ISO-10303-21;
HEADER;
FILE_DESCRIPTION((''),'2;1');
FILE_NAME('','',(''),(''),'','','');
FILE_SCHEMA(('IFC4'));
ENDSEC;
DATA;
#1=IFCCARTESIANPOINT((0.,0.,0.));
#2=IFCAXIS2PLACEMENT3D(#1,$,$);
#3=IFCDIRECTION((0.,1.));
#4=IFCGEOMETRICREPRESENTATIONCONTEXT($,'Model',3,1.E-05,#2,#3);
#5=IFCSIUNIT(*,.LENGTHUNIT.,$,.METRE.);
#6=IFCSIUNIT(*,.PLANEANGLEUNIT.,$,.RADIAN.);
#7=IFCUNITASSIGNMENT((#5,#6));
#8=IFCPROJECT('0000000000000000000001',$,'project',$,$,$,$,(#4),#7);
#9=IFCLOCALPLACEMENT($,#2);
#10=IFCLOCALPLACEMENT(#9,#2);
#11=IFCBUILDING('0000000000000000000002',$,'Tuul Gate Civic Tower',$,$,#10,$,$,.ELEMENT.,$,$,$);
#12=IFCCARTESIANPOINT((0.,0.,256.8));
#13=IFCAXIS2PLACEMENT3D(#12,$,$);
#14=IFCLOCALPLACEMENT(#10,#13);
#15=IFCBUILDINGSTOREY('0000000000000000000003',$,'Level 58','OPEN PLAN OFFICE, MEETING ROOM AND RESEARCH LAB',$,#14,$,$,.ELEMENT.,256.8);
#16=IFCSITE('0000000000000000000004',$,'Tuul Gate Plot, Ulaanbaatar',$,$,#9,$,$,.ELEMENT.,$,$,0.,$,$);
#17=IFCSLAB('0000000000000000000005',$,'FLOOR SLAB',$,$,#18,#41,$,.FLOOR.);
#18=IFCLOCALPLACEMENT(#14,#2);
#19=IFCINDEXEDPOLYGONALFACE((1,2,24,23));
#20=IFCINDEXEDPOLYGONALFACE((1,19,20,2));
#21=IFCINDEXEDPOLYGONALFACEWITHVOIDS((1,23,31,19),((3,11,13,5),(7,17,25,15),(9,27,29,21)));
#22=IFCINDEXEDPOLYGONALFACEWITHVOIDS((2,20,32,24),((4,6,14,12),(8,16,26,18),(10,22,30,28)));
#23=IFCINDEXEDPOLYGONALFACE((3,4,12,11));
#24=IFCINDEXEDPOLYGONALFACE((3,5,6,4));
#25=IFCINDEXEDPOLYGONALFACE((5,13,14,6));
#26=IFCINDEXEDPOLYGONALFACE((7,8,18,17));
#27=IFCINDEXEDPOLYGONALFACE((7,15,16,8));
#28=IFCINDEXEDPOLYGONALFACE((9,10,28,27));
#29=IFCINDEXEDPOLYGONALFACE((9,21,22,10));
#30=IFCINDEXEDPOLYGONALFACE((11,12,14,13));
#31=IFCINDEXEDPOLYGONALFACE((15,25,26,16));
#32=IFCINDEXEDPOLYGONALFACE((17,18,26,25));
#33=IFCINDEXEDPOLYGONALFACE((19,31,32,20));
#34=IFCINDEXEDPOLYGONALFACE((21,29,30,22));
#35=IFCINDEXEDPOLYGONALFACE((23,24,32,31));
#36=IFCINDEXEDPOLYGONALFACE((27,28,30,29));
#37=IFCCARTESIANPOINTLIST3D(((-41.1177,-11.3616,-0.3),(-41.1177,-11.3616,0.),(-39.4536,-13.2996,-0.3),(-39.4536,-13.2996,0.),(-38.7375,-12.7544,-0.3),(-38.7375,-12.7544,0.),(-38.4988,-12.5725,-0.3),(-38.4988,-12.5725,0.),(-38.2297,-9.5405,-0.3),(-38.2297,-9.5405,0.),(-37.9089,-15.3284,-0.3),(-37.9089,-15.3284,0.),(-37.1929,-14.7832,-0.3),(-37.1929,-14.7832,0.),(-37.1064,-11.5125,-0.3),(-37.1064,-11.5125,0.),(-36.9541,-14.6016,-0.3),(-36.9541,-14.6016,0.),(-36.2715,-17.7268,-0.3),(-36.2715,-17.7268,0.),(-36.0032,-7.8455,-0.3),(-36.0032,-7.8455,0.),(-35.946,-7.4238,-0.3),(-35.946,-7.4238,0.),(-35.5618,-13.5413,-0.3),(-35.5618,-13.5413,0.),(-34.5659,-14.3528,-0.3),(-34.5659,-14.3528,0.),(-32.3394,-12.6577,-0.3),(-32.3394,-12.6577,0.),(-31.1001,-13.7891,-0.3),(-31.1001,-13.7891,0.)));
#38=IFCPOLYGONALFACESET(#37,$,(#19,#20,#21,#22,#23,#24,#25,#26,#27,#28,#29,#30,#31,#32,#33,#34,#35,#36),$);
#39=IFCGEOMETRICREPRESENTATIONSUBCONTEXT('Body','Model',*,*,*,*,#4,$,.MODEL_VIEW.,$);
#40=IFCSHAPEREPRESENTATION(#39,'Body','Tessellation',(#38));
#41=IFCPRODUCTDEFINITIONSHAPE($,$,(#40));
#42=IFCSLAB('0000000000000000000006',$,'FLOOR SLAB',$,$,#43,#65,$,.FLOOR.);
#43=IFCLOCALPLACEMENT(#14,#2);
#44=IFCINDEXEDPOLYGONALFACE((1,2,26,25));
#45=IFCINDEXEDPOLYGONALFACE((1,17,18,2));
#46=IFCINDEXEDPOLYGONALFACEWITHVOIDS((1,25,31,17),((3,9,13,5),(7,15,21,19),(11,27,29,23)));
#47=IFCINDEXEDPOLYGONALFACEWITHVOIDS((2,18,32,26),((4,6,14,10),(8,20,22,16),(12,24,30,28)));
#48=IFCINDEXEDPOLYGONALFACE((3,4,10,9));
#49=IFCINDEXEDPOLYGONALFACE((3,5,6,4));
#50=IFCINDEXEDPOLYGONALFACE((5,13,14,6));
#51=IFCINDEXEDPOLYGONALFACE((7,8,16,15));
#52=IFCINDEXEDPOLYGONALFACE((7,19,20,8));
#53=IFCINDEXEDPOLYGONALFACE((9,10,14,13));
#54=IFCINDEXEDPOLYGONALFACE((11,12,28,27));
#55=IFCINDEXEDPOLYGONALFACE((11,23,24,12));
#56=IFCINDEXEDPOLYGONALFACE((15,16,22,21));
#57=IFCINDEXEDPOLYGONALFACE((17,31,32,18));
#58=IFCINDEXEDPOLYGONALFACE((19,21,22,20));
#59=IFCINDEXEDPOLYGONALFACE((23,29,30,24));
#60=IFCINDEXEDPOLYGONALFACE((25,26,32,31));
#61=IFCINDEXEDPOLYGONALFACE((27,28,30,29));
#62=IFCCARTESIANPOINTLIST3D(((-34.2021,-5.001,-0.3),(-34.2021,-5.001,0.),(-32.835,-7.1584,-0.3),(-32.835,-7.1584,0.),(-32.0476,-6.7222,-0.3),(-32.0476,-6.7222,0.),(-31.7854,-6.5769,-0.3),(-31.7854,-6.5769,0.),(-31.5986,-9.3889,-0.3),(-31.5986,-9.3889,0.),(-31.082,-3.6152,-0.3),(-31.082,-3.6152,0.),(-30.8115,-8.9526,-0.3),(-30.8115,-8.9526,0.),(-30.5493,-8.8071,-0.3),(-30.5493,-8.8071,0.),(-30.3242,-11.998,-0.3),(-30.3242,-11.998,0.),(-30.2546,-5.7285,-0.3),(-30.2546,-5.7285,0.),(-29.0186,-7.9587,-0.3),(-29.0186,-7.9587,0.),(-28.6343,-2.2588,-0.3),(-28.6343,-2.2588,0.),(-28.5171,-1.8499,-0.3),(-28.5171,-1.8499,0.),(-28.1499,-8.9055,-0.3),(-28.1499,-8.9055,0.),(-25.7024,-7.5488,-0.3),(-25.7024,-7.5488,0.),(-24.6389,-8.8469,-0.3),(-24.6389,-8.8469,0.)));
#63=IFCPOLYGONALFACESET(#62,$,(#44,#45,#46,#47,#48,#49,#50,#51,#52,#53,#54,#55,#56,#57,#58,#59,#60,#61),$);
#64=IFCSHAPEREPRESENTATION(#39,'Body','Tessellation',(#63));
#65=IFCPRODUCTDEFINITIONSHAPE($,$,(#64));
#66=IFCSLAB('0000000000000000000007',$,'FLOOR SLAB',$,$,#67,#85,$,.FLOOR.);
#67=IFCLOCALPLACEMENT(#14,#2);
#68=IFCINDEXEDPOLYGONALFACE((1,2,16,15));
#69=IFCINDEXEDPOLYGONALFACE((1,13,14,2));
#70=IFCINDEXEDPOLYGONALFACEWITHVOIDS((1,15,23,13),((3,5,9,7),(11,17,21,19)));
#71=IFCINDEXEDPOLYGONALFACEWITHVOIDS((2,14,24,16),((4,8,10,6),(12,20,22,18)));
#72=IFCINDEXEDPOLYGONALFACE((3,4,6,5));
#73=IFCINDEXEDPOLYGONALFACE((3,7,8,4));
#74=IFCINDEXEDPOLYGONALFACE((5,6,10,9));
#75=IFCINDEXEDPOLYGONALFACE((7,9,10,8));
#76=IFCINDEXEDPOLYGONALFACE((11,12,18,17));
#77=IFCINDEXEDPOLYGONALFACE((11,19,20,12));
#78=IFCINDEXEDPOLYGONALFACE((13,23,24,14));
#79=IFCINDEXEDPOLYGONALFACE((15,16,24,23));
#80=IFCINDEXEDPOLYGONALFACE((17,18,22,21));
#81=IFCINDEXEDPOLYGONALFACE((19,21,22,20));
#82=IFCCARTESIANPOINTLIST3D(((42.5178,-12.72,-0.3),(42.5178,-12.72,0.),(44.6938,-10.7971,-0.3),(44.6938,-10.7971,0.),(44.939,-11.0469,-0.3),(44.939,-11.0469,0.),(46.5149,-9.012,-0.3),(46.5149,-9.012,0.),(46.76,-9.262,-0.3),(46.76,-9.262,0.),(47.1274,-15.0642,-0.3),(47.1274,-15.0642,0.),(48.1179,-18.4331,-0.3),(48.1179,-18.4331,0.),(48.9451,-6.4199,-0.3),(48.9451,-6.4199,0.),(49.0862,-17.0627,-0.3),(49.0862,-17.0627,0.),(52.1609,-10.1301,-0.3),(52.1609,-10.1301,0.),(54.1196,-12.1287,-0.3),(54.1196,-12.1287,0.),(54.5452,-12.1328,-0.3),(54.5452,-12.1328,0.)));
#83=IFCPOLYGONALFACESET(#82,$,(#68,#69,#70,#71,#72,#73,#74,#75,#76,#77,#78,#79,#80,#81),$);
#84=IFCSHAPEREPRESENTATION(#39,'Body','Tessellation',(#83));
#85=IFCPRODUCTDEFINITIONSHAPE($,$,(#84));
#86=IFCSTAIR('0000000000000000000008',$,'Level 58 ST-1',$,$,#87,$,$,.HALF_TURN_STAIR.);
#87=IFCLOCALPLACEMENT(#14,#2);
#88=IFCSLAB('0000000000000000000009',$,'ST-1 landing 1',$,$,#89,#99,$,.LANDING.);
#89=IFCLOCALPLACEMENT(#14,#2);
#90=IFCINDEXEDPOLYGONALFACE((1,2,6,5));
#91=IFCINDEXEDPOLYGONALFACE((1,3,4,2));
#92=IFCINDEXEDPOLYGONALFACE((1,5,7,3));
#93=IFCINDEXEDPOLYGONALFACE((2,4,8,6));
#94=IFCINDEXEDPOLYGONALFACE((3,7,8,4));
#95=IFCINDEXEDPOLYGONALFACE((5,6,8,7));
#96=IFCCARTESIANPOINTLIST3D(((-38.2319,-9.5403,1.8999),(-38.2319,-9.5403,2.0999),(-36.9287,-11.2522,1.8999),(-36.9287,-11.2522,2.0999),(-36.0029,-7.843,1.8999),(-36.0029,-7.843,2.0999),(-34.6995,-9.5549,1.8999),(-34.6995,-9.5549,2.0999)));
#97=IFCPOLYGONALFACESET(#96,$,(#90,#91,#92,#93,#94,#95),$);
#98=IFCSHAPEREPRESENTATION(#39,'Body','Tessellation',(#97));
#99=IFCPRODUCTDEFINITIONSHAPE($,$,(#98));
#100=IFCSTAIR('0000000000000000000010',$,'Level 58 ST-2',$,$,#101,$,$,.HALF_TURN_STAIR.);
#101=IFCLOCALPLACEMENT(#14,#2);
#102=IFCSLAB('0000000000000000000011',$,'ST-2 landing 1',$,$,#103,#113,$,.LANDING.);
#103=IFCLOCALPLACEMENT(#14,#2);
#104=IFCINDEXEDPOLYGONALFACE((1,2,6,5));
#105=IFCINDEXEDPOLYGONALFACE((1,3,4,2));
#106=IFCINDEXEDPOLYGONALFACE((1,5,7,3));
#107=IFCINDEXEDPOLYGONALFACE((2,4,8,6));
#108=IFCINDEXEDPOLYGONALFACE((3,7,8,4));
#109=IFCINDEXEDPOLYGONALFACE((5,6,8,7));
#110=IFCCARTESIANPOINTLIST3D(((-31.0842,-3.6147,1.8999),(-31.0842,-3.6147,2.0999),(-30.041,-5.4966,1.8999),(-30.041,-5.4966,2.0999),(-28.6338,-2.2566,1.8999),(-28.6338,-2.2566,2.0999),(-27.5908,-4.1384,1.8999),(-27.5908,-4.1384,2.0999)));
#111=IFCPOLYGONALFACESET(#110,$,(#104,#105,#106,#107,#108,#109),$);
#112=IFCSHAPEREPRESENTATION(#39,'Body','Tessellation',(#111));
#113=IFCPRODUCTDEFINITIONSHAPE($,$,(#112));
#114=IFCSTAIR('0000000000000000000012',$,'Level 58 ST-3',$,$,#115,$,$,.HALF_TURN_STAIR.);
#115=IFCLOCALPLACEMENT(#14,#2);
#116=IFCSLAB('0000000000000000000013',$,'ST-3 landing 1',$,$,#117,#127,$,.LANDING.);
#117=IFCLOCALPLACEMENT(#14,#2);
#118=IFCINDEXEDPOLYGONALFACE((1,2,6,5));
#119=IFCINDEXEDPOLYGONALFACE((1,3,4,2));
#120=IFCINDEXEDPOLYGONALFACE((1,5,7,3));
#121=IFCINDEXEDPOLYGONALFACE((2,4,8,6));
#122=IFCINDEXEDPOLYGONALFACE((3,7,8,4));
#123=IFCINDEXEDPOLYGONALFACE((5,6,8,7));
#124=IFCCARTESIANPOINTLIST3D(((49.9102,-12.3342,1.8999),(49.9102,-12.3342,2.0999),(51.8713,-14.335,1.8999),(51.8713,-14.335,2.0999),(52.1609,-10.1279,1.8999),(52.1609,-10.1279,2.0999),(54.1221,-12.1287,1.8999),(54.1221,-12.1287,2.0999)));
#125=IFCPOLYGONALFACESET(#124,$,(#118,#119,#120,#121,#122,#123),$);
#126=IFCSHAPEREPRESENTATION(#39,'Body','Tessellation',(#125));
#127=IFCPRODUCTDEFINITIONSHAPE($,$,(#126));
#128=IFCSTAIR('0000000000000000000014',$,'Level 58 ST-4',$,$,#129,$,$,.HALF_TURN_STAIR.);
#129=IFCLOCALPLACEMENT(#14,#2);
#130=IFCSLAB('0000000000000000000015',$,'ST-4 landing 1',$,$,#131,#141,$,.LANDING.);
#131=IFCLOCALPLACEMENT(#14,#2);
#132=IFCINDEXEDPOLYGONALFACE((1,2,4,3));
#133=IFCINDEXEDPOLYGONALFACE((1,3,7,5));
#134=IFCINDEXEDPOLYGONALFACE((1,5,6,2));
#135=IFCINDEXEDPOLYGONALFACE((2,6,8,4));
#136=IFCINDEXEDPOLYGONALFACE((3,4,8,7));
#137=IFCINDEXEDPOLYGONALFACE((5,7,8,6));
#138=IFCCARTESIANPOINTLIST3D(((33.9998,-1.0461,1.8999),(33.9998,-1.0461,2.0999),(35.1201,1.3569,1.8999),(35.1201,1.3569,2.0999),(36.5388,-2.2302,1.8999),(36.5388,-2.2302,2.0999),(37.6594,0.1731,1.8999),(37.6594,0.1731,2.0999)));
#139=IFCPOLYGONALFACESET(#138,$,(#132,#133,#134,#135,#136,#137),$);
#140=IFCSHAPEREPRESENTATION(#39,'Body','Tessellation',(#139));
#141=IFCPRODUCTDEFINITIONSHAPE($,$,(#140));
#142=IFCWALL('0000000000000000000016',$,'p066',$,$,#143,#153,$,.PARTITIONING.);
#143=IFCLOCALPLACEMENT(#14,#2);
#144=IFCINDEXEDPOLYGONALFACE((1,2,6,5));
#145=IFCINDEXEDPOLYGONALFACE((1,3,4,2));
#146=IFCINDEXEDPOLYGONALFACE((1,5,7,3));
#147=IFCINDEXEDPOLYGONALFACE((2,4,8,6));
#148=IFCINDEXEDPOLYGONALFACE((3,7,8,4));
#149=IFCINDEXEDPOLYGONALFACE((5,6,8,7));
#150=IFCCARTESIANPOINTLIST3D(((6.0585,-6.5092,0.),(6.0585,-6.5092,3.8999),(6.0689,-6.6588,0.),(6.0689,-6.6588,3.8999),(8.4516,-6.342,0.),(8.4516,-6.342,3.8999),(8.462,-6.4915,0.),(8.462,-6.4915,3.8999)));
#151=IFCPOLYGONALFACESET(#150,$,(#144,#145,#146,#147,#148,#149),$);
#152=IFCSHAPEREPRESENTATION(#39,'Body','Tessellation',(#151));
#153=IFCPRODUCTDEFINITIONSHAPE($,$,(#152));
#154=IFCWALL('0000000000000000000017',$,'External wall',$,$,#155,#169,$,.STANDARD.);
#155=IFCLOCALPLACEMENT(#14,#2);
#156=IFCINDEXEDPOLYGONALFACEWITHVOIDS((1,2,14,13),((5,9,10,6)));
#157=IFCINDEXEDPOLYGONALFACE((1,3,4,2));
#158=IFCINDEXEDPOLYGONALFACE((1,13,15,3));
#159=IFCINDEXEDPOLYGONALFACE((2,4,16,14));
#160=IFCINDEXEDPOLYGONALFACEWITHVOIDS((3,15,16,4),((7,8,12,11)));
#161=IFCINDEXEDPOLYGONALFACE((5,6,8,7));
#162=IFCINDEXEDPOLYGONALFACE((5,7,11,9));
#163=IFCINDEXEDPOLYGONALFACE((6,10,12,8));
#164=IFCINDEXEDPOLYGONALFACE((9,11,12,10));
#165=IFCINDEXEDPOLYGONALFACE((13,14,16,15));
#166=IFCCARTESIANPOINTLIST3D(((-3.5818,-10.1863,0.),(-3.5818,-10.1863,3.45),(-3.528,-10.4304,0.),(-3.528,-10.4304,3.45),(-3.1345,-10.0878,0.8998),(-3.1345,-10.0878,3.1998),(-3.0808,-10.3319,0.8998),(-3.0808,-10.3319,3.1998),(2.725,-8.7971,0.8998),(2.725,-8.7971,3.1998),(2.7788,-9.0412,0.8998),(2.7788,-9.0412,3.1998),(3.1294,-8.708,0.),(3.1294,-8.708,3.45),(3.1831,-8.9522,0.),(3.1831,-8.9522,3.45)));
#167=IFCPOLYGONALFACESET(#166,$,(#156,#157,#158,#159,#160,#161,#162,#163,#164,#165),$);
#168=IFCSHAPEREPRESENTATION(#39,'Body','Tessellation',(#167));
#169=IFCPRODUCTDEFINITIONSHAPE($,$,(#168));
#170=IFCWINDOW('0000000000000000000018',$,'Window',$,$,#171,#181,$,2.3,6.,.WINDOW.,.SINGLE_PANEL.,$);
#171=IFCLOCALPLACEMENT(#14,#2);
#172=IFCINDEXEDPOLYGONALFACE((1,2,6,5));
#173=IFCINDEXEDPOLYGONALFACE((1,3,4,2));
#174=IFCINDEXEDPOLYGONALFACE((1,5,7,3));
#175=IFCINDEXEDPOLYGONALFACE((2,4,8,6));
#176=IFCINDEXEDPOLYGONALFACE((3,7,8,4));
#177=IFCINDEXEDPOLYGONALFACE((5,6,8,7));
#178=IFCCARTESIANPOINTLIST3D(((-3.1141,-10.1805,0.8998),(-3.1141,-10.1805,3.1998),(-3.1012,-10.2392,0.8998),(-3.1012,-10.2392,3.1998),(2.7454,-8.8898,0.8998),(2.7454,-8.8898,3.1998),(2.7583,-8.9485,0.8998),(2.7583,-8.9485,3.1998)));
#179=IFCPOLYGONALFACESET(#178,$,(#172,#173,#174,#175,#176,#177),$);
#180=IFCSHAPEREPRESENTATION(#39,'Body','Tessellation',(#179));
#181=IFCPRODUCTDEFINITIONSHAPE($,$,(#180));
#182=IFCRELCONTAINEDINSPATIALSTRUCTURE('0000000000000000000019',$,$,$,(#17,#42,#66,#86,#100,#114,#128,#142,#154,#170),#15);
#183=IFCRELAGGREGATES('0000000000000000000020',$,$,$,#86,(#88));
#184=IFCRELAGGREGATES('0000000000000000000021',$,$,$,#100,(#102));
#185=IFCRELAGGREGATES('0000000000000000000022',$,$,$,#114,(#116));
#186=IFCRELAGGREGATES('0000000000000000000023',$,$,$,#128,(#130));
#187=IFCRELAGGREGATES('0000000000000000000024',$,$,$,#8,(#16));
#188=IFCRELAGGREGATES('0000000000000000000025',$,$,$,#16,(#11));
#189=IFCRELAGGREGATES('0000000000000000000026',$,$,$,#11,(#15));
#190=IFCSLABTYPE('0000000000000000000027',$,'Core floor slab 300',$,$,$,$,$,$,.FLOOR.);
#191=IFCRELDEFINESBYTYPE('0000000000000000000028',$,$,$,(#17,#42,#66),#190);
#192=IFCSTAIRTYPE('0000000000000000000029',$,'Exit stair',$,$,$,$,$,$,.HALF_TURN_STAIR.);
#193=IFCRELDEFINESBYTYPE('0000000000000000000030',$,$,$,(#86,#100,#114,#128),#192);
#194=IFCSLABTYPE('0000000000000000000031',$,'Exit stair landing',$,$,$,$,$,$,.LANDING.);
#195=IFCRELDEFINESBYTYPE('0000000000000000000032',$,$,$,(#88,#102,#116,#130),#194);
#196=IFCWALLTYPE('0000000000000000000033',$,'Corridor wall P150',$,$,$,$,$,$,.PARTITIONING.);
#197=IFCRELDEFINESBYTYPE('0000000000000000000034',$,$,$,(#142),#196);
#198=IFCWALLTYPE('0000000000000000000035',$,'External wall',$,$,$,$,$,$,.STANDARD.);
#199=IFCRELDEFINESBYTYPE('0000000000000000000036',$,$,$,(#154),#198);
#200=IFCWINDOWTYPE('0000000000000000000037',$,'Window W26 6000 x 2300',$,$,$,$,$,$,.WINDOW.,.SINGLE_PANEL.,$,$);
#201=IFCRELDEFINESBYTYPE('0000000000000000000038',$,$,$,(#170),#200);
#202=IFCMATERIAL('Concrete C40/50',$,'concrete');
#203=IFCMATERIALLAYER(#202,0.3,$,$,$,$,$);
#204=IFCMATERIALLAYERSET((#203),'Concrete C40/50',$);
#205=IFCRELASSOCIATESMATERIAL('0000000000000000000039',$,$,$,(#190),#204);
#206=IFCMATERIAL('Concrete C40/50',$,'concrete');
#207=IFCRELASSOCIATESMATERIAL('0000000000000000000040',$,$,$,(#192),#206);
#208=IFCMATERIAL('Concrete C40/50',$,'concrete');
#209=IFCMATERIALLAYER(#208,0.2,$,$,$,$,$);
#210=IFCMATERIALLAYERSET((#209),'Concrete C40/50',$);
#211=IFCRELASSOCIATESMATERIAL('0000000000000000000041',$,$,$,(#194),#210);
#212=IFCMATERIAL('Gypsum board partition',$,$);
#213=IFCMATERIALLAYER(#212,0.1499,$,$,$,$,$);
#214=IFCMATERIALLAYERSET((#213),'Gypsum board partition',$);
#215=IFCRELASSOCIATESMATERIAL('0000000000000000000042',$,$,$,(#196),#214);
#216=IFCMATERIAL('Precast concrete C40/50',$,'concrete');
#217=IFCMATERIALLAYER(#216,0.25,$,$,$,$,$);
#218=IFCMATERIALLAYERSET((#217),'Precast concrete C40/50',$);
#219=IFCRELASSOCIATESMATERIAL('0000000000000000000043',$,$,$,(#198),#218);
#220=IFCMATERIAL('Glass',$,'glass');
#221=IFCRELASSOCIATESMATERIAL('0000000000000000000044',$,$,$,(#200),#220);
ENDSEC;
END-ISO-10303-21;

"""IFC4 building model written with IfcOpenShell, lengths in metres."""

from ifc_helpers import new_model, si_unit, direction, frame, frame_2d, origin, place, context, subcontext, project, spatial, polyline, rectangle, outline, extrude, material, layer, layer_set, type_object, element, fill, aggregate, save


model = new_model("IFC4")

# Units and contexts
model_context = context("Model", 3, precision=1e-05, world=origin(), true_north=direction((0.0, 1.0)))
body_context = subcontext(model_context, "Body", "Model", "MODEL_VIEW")
ifc_project = project(units=[si_unit("LENGTHUNIT", "METRE"), si_unit("PLANEANGLEUNIT", "RADIAN")], contexts=[model_context])

# Site, building, storey
site_placement = place(None, origin())
site = spatial("IfcSite", under=ifc_project, at=site_placement, Name="Tuul Gate Plot, Ulaanbaatar", CompositionType="ELEMENT", RefElevation=0.0)
building_placement = place(site_placement, origin())
building = spatial("IfcBuilding", under=site, at=building_placement, Name="Tuul Gate Civic Tower", CompositionType="ELEMENT")
storey_placement = place(building_placement, frame((0.0, 0.0, 256.8)))
storey = spatial("IfcBuildingStorey", under=building, at=storey_placement, Name="Level 58", Description="OPEN PLAN OFFICE, MEETING ROOM AND RESEARCH LAB", CompositionType="ELEMENT", Elevation=256.8)

# Slabs
ifc_material_1 = material(Name="Concrete C40/50", Category="concrete")
ifc_layer_1 = layer(ifc_material_1, 0.3)
ifc_layer_set_1 = layer_set([ifc_layer_1], Name="Concrete C40/50")
slab_type_1 = type_object("IfcSlabType", Name="Core floor slab 300", PredefinedType="FLOOR", material=ifc_layer_set_1)
slab_1_placement = place(storey_placement, frame((0.0, 0.0, -0.3)))
element("IfcSlab", 1, at=slab_1_placement, inside=storey, type_object=slab_type_1, Name="FLOOR SLAB", PredefinedType="FLOOR", context=body_context, shape_type="SweptSolid", body=[
    extrude(outline(polyline([(-31.1001, -13.7891), (-35.946, -7.4238), (-41.1177, -11.3616), (-36.2715, -17.7268), (-31.1001, -13.7891)]), holes=[polyline([(-35.5618, -13.5413), (-37.1064, -11.5125), (-38.4988, -12.5725), (-36.9541, -14.6016), (-35.5618, -13.5413)]), polyline([(-37.1929, -14.7832), (-38.7375, -12.7544), (-39.4536, -13.2996), (-37.9089, -15.3284), (-37.1929, -14.7832)]), polyline([(-32.3394, -12.6577), (-34.5659, -14.3528), (-38.2297, -9.5405), (-36.0032, -7.8455), (-32.3394, -12.6577)])]), origin(), (0.0, 0.0, 1.0), 0.3),
])
slab_2_placement = place(storey_placement, frame((0.0, 0.0, -0.3)))
element("IfcSlab", 2, at=slab_2_placement, inside=storey, type_object=slab_type_1, Name="FLOOR SLAB", PredefinedType="FLOOR", context=body_context, shape_type="SweptSolid", body=[
    extrude(outline(polyline([(-24.6389, -8.8469), (-28.5171, -1.8499), (-34.2021, -5.001), (-30.3242, -11.998), (-24.6389, -8.8469)]), holes=[polyline([(-29.0186, -7.9587), (-30.2546, -5.7285), (-31.7854, -6.5769), (-30.5493, -8.8071), (-29.0186, -7.9587)]), polyline([(-30.8115, -8.9526), (-32.0476, -6.7222), (-32.835, -7.1584), (-31.5986, -9.3889), (-30.8115, -8.9526)]), polyline([(-25.7024, -7.5488), (-28.1499, -8.9055), (-31.082, -3.6152), (-28.6343, -2.2588), (-25.7024, -7.5488)])]), origin(), (0.0, 0.0, 1.0), 0.3),
])
slab_3_placement = place(storey_placement, frame((0.0, 0.0, -0.3)))
element("IfcSlab", 3, at=slab_3_placement, inside=storey, type_object=slab_type_1, Name="FLOOR SLAB", PredefinedType="FLOOR", context=body_context, shape_type="SweptSolid", body=[
    extrude(outline(polyline([(48.1179, -18.4331), (54.5452, -12.1328), (48.9451, -6.4199), (42.5178, -12.72), (48.1179, -18.4331)]), holes=[polyline([(44.939, -11.0469), (46.76, -9.262), (46.5149, -9.012), (44.6938, -10.7971), (44.939, -11.0469)]), polyline([(49.0862, -17.0627), (47.1274, -15.0642), (52.1609, -10.1301), (54.1196, -12.1287), (49.0862, -17.0627)])]), origin(), (0.0, 0.0, 1.0), 0.3),
])

# Stairs, slabs
ifc_material_2 = material(Name="Concrete C40/50", Category="concrete")
stair_type = type_object("IfcStairType", Name="Exit stair", PredefinedType="HALF_TURN_STAIR", material=ifc_material_2)
stair_1_placement = place(storey_placement, origin())
stair_1 = element("IfcStair", 4, at=stair_1_placement, inside=storey, type_object=stair_type, Name="Level 58 ST-1", PredefinedType="HALF_TURN_STAIR")
ifc_material_3 = material(Name="Concrete C40/50", Category="concrete")
ifc_layer_2 = layer(ifc_material_3, 0.2)
ifc_layer_set_2 = layer_set([ifc_layer_2], Name="Concrete C40/50")
slab_type_2 = type_object("IfcSlabType", Name="Exit stair landing", PredefinedType="LANDING", material=ifc_layer_set_2)
slab_4_placement = place(storey_placement, frame((0.0, 0.0, 1.8999)))
slab_4 = element("IfcSlab", 5, at=slab_4_placement, type_object=slab_type_2, Name="ST-1 landing 1", PredefinedType="LANDING", context=body_context, shape_type="SweptSolid", body=[
    extrude(outline(polyline([(-34.6995, -9.5549), (-36.9287, -11.2522), (-38.2319, -9.5403), (-36.0029, -7.843), (-34.6995, -9.5549)])), origin(), (0.0, 0.0, 1.0), 0.2),
])
aggregate(stair_1, [slab_4])
stair_2_placement = place(storey_placement, origin())
stair_2 = element("IfcStair", 6, at=stair_2_placement, inside=storey, type_object=stair_type, Name="Level 58 ST-2", PredefinedType="HALF_TURN_STAIR")
slab_5_placement = place(storey_placement, frame((0.0, 0.0, 1.8999)))
slab_5 = element("IfcSlab", 7, at=slab_5_placement, type_object=slab_type_2, Name="ST-2 landing 1", PredefinedType="LANDING", context=body_context, shape_type="SweptSolid", body=[
    extrude(outline(polyline([(-27.5908, -4.1384), (-30.041, -5.4966), (-31.0842, -3.6147), (-28.6338, -2.2566), (-27.5908, -4.1384)])), origin(), (0.0, 0.0, 1.0), 0.2),
])
aggregate(stair_2, [slab_5])
stair_3_placement = place(storey_placement, origin())
stair_3 = element("IfcStair", 8, at=stair_3_placement, inside=storey, type_object=stair_type, Name="Level 58 ST-3", PredefinedType="HALF_TURN_STAIR")
slab_6_placement = place(storey_placement, frame((0.0, 0.0, 1.8999)))
slab_6 = element("IfcSlab", 9, at=slab_6_placement, type_object=slab_type_2, Name="ST-3 landing 1", PredefinedType="LANDING", context=body_context, shape_type="SweptSolid", body=[
    extrude(outline(polyline([(51.8713, -14.335), (49.9102, -12.3342), (52.1609, -10.1279), (54.1221, -12.1287), (51.8713, -14.335)])), origin(), (0.0, 0.0, 1.0), 0.2),
])
aggregate(stair_3, [slab_6])
stair_4_placement = place(storey_placement, origin())
stair_4 = element("IfcStair", 10, at=stair_4_placement, inside=storey, type_object=stair_type, Name="Level 58 ST-4", PredefinedType="HALF_TURN_STAIR")
slab_7_placement = place(storey_placement, frame((0.0, 0.0, 1.8999)))
slab_7 = element("IfcSlab", 11, at=slab_7_placement, type_object=slab_type_2, Name="ST-4 landing 1", PredefinedType="LANDING", context=body_context, shape_type="SweptSolid", body=[
    extrude(outline(polyline([(36.5388, -2.2302), (33.9998, -1.0461), (35.1201, 1.3569), (37.6594, 0.1731), (36.5388, -2.2302)])), origin(), (0.0, 0.0, 1.0), 0.2),
])
aggregate(stair_4, [slab_7])

# Wall
ifc_material_4 = material(Name="Gypsum board partition")
ifc_layer_3 = layer(ifc_material_4, 0.1499)
ifc_layer_set_3 = layer_set([ifc_layer_3], Name="Gypsum board partition")
wall_type_1 = type_object("IfcWallType", Name="Corridor wall P150", PredefinedType="PARTITIONING", material=ifc_layer_set_3)
wall_1_placement = place(storey_placement, frame((6.0637, -6.584, 0.0), z_axis=(0.0, 0.0, 1.0), x_axis=(0.997567, 0.069714, 0.0)))
element("IfcWall", 12, at=wall_1_placement, inside=storey, type_object=wall_type_1, Name="p066", PredefinedType="PARTITIONING", context=body_context, shape_type="SweptSolid", body=[
    extrude(rectangle(XDim=2.3989, YDim=0.1499, at=frame_2d((1.1995, 0.0))), origin(), (0.0, 0.0, 1.0), 3.8999),
])

# Wall, opening, window
ifc_material_5 = material(Name="Precast concrete C40/50", Category="concrete")
ifc_layer_4 = layer(ifc_material_5, 0.25)
ifc_layer_set_4 = layer_set([ifc_layer_4], Name="Precast concrete C40/50")
wall_type_2 = type_object("IfcWallType", Name="External wall", PredefinedType="STANDARD", material=ifc_layer_set_4)
wall_2_placement = place(storey_placement, frame((-3.5549, -10.3083, 0.0), z_axis=(0.0, 0.0, 1.0), x_axis=(0.976589, 0.215113, 0.0)))
wall_2 = element("IfcWall", 13, at=wall_2_placement, inside=storey, type_object=wall_type_2, Name="External wall", PredefinedType="STANDARD", context=body_context, shape_type="SweptSolid", body=[
    extrude(rectangle(XDim=6.8721, YDim=0.25, at=frame_2d((3.436, 0.0))), origin(), (0.0, 0.0, 1.0), 3.45),
])
opening_1_placement = place(wall_2_placement, frame((0.458, 0.0, 0.8999)))
opening_1 = element("IfcOpeningElement", 14, at=opening_1_placement, cuts=wall_2, PredefinedType="OPENING", context=body_context, shape_type="SweptSolid", body=[
    extrude(rectangle(XDim=6.0, YDim=2.3, at=frame_2d((3.0, 1.1499))), frame((0.0, 0.135, 0.0), z_axis=(0.0, -1.0, 0.0), x_axis=(1.0, 0.0, 0.0)), (0.0, 0.0, 1.0), 0.27),
])
ifc_material_6 = material(Name="Glass", Category="glass")
window_type = type_object("IfcWindowType", Name="Window W26 6000 x 2300", PartitioningType="SINGLE_PANEL", PredefinedType="WINDOW", material=ifc_material_6)
window_1_placement = place(opening_1_placement, origin())
window_1 = element("IfcWindow", 15, at=window_1_placement, inside=storey, type_object=window_type, Name="Window", OverallHeight=2.3, OverallWidth=6.0, PartitioningType="SINGLE_PANEL", PredefinedType="WINDOW", context=body_context, shape_type="SweptSolid", body=[
    extrude(rectangle(XDim=6.0, YDim=2.3, at=frame_2d((3.0, 1.1499))), frame((0.0, 0.03, 0.0), z_axis=(0.0, -1.0, 0.0), x_axis=(1.0, 0.0, 0.0)), (0.0, 0.0, 1.0), 0.0601),
])
fill(opening_1, window_1)

save(model, "model.ifc")
